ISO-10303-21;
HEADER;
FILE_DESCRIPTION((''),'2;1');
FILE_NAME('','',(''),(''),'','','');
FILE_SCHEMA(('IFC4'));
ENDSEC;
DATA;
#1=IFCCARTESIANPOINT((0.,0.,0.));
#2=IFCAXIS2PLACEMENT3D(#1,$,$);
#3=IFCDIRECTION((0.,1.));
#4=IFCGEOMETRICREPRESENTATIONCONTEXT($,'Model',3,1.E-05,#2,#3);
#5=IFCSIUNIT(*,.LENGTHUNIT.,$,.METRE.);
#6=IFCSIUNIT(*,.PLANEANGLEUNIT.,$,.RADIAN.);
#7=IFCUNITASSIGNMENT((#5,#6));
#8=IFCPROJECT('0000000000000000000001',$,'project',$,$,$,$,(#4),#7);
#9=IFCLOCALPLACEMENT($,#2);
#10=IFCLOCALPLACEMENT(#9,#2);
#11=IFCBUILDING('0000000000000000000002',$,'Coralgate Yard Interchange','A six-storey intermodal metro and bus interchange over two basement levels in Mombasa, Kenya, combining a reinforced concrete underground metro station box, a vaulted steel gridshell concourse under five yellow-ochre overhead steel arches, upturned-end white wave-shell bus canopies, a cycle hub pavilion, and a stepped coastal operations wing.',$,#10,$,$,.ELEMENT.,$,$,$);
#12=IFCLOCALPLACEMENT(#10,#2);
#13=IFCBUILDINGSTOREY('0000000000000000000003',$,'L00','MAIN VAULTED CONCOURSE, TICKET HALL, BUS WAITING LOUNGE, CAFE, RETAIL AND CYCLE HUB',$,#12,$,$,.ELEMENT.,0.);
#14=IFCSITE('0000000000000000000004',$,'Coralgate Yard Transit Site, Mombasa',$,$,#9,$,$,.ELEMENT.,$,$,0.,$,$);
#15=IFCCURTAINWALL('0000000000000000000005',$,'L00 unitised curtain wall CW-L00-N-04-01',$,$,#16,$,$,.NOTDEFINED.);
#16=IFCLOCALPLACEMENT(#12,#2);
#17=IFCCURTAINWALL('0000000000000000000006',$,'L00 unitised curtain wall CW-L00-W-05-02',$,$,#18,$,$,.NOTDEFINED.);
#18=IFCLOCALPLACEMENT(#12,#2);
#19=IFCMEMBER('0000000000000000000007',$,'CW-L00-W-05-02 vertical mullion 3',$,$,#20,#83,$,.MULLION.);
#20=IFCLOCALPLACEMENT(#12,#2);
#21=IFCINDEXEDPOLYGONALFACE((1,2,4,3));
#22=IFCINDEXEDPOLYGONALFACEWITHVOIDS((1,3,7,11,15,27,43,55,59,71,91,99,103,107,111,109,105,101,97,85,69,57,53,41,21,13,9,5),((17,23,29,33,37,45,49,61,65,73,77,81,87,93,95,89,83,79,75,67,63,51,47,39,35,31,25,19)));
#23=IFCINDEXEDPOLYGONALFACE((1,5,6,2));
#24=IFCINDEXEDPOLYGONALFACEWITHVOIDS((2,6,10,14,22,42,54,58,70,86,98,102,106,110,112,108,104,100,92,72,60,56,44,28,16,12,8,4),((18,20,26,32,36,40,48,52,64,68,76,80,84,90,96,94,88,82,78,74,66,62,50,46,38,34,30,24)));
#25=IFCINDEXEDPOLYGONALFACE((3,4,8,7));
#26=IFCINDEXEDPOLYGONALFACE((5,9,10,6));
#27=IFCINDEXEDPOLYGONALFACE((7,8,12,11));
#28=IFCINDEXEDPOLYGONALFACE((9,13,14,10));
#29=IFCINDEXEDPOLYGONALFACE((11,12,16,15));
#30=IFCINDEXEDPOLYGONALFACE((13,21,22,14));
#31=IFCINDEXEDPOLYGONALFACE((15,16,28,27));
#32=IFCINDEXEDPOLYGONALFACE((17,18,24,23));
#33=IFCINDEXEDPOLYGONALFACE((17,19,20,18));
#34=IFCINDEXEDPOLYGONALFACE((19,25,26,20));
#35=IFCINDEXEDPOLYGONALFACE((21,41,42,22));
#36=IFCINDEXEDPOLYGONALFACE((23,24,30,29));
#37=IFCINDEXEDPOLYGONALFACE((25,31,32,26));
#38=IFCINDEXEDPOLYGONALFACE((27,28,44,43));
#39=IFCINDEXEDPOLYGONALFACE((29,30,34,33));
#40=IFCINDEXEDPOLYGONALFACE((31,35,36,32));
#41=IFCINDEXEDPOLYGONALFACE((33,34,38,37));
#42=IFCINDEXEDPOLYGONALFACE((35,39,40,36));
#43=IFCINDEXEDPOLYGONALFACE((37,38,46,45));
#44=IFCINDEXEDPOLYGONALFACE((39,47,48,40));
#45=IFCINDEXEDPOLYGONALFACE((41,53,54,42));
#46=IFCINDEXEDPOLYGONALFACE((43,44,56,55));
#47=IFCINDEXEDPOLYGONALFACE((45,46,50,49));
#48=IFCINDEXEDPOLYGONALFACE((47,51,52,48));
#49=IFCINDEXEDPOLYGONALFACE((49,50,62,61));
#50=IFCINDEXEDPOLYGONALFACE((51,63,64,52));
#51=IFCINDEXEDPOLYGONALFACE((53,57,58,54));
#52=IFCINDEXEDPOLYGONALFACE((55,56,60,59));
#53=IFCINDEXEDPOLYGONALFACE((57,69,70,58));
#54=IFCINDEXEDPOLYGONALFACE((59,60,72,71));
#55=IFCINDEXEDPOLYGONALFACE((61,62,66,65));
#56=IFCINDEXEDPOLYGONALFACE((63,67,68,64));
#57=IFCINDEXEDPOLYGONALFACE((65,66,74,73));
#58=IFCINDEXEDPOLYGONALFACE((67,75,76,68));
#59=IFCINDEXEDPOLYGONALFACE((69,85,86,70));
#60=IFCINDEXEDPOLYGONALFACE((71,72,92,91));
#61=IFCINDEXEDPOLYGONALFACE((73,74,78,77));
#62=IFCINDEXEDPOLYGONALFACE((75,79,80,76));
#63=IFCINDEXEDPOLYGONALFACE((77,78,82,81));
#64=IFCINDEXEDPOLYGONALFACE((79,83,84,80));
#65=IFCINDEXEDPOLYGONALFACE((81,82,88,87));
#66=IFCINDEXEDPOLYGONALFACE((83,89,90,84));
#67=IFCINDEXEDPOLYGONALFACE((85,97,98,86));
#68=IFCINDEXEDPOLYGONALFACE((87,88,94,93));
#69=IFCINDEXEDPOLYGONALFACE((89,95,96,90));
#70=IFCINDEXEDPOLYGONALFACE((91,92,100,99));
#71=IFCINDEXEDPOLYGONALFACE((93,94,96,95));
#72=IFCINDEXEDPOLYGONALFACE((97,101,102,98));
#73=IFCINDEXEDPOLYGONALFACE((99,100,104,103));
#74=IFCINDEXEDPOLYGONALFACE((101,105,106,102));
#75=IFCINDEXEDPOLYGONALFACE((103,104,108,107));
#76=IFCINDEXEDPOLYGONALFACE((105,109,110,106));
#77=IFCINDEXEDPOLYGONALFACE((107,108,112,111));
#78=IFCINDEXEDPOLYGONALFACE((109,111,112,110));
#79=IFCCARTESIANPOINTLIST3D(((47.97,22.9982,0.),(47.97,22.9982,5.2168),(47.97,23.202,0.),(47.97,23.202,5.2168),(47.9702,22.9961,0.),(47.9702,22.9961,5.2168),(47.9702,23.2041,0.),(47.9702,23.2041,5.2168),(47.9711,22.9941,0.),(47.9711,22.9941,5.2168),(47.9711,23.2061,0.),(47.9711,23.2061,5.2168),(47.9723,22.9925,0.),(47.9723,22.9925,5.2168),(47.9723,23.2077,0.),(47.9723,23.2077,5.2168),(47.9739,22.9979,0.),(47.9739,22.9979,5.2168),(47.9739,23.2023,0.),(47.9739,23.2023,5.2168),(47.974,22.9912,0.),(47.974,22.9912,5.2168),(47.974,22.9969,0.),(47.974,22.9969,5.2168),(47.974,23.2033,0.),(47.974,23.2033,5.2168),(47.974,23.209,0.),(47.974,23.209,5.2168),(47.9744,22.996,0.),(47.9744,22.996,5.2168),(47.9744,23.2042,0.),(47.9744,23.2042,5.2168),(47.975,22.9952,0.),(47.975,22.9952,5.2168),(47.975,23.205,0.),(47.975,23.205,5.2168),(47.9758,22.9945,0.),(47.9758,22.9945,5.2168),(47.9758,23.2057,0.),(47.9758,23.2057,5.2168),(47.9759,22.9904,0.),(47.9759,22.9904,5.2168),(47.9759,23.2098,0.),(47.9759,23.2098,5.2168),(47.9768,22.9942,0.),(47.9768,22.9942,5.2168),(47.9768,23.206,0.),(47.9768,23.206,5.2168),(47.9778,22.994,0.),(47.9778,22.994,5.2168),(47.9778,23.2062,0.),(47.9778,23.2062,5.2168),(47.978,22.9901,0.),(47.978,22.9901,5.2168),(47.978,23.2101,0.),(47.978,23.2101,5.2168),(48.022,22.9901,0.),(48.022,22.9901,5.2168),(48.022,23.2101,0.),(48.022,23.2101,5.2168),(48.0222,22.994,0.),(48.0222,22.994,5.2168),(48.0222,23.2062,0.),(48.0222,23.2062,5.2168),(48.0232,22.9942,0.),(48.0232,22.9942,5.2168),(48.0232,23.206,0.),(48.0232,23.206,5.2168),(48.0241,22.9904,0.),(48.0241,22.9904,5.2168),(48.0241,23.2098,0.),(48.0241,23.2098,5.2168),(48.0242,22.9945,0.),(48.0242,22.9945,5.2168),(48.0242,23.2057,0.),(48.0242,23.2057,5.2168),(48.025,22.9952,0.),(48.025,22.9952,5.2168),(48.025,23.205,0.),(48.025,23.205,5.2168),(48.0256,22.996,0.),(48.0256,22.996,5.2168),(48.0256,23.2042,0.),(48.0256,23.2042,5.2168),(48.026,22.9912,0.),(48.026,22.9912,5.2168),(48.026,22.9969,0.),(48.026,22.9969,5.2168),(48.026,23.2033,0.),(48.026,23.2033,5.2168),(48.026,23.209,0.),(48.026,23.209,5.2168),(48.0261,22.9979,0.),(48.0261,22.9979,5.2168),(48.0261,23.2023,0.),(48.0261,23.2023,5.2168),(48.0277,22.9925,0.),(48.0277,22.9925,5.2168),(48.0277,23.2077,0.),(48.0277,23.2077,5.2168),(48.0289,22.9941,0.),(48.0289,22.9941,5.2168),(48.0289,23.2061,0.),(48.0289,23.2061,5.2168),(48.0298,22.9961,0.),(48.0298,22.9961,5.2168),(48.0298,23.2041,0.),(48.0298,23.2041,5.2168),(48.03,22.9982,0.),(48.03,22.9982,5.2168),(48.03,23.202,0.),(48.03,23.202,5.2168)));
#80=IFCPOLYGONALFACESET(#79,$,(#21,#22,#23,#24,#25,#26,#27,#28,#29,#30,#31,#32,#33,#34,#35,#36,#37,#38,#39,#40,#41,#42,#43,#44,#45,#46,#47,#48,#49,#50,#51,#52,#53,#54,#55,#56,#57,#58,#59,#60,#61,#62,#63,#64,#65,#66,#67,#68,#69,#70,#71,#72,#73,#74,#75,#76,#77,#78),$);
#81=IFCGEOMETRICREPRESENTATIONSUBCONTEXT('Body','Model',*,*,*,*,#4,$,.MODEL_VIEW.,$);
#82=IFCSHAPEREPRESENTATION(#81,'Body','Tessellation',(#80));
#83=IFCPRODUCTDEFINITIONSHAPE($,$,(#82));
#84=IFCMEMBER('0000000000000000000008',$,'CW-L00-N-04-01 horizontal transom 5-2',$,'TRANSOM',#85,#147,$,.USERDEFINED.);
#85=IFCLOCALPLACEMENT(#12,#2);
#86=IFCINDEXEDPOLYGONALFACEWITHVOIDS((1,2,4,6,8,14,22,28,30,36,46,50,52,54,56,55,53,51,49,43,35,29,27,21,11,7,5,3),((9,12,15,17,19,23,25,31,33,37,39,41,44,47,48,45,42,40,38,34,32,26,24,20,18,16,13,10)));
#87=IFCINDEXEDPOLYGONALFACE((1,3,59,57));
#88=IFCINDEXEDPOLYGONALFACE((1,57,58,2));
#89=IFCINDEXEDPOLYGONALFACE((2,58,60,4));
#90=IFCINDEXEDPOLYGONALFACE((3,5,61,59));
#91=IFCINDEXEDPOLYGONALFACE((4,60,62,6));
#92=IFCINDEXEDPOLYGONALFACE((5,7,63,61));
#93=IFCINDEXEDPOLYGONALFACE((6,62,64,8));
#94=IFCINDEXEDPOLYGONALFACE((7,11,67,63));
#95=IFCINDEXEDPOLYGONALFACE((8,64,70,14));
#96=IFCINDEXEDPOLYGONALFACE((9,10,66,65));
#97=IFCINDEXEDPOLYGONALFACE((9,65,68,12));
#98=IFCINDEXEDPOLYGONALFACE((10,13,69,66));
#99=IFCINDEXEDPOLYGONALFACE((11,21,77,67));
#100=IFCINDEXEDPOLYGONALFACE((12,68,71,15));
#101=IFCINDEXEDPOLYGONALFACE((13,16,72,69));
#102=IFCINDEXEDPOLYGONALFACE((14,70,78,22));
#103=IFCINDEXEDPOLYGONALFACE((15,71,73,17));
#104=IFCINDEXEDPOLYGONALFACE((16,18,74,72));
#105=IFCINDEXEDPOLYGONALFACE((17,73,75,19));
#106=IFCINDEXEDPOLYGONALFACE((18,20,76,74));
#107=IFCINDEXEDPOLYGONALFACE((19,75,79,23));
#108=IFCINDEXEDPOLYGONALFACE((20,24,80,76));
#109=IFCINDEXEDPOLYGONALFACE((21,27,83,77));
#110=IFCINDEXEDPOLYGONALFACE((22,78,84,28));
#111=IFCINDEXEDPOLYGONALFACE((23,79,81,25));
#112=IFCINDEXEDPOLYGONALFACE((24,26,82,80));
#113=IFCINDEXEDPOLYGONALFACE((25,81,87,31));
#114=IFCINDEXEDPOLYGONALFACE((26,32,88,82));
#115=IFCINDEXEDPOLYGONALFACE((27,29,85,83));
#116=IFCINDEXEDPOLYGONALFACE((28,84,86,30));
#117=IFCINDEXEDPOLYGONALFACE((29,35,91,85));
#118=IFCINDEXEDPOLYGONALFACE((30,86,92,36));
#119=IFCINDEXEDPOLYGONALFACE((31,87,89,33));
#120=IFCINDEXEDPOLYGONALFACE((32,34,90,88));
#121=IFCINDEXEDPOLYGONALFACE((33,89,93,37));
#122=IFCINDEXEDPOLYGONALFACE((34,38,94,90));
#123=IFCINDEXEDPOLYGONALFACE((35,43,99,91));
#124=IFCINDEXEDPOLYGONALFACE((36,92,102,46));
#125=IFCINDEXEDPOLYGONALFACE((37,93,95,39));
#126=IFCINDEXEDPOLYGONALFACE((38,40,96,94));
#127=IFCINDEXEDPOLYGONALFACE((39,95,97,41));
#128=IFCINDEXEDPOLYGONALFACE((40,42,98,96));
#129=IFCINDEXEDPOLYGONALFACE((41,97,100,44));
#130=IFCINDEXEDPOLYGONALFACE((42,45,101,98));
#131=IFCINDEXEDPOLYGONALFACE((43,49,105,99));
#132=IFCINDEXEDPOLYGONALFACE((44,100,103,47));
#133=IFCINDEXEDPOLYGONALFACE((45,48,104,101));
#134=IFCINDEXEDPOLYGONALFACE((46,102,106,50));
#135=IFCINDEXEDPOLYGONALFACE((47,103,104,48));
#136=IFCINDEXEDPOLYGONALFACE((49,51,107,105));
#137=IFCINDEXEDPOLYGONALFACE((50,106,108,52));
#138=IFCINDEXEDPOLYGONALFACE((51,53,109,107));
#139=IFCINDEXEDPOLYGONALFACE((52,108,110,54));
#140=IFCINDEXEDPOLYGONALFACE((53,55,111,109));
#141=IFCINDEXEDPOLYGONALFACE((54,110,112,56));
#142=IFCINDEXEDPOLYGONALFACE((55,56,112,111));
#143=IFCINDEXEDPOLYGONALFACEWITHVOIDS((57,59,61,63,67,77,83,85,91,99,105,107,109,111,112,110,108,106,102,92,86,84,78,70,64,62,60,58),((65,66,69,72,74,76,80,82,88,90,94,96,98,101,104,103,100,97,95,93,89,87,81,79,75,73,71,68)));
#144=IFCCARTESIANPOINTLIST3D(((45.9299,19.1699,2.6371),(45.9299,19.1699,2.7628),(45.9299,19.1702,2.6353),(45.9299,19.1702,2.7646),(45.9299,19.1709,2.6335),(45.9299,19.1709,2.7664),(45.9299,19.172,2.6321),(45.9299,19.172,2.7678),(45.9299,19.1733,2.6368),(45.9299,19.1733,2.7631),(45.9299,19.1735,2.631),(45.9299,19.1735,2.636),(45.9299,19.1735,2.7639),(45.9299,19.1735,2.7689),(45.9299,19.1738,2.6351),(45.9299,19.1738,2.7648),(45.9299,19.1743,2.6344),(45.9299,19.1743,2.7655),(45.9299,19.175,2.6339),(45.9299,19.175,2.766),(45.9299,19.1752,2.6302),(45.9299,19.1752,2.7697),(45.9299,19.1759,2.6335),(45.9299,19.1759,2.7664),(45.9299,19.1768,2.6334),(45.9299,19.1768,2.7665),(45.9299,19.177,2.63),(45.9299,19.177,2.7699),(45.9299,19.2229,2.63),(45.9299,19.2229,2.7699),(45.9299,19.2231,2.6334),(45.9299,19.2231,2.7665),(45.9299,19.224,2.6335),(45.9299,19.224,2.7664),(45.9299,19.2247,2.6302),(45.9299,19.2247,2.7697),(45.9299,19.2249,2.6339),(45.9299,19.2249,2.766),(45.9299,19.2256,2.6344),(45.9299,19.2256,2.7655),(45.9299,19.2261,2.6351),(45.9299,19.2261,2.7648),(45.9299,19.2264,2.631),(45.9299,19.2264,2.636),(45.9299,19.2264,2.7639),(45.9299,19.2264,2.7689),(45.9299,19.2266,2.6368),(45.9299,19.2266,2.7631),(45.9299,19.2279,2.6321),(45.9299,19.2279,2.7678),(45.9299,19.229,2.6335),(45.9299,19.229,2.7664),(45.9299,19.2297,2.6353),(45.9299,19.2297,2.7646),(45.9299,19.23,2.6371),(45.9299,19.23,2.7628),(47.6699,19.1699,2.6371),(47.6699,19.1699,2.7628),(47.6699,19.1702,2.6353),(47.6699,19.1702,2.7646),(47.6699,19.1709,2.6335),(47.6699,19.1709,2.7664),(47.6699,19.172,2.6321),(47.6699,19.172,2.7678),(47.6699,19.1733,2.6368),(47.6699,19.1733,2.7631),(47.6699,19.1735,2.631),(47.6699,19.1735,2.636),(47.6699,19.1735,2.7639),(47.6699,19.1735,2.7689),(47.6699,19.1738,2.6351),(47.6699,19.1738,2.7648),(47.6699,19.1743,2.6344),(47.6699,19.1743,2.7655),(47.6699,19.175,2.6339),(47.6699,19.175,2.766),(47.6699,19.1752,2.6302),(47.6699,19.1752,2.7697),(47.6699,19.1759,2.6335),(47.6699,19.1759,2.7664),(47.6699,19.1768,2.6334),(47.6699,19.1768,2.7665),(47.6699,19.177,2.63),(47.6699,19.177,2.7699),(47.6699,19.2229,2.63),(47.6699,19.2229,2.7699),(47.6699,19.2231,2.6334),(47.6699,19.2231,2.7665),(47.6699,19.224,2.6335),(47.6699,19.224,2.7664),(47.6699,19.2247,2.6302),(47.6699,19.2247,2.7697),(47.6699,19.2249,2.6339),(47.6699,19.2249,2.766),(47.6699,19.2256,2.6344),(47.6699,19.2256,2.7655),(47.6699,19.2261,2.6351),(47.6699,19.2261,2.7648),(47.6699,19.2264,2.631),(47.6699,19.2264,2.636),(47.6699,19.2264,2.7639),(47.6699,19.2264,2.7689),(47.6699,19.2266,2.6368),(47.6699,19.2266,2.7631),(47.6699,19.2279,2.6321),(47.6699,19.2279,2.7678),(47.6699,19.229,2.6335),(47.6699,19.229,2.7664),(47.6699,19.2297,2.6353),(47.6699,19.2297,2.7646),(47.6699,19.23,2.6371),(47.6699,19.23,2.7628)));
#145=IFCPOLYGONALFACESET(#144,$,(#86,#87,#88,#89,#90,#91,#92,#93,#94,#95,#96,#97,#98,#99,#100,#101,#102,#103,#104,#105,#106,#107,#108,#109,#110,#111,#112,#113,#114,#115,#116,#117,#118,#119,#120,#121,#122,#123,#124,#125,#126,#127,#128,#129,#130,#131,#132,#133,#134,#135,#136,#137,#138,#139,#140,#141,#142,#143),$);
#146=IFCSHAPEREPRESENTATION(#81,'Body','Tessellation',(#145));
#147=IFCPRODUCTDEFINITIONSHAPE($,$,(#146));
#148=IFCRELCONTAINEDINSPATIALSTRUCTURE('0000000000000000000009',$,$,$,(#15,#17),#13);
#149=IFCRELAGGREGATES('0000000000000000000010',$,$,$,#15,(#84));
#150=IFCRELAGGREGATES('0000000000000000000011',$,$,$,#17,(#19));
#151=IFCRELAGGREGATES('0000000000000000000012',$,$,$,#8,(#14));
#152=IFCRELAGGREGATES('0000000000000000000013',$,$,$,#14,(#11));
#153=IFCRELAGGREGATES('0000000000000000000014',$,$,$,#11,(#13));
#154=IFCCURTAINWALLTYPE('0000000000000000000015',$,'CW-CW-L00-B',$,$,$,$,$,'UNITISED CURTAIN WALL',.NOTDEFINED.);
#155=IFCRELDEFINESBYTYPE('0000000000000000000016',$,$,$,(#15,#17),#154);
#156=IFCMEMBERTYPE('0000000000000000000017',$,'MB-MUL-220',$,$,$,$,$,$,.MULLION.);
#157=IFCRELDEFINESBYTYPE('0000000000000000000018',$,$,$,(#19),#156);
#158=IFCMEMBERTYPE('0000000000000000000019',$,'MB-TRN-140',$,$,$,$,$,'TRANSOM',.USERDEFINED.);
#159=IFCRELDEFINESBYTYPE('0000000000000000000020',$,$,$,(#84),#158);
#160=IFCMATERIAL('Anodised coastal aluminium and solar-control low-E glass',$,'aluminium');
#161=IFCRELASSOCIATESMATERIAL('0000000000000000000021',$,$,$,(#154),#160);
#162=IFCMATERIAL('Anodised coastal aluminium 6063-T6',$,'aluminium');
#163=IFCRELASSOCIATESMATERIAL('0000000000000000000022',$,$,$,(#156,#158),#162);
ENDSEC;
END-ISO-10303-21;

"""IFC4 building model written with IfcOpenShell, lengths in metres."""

from ifc_helpers import new_model, si_unit, direction, frame, origin, origin_2d, place, context, subcontext, project, spatial, hollow_rectangle, extrude, material, material_profile, profile_set, type_object, element, aggregate, save


model = new_model("IFC4")

# Units and contexts
model_context = context("Model", 3, precision=1e-05, world=origin(), true_north=direction((0.0, 1.0)))
body_context = subcontext(model_context, "Body", "Model", "MODEL_VIEW")
ifc_project = project(units=[si_unit("LENGTHUNIT", "METRE"), si_unit("PLANEANGLEUNIT", "RADIAN")], contexts=[model_context])

# Site, building, storey
site_placement = place(None, origin())
site = spatial("IfcSite", under=ifc_project, at=site_placement, Name="Coralgate Yard Transit Site, Mombasa", CompositionType="ELEMENT", RefElevation=0.0)
building_placement = place(site_placement, origin())
building = spatial("IfcBuilding", under=site, at=building_placement, Name="Coralgate Yard Interchange", Description="A six-storey intermodal metro and bus interchange over two basement levels in Mombasa, Kenya, combining a reinforced concrete underground metro station box, a vaulted steel gridshell concourse under five yellow-ochre overhead steel arches, upturned-end white wave-shell bus canopies, a cycle hub pavilion, and a stepped coastal operations wing.", CompositionType="ELEMENT")
storey_placement = place(building_placement, origin())
storey = spatial("IfcBuildingStorey", under=building, at=storey_placement, Name="L00", Description="MAIN VAULTED CONCOURSE, TICKET HALL, BUS WAITING LOUNGE, CAFE, RETAIL AND CYCLE HUB", CompositionType="ELEMENT", Elevation=0.0)

# Curtain wall
ifc_material_1 = material(Name="Anodised coastal aluminium and solar-control low-E glass", Category="aluminium")
curtain_wall_type = type_object("IfcCurtainWallType", Name="CW-CW-L00-B", ElementType="UNITISED CURTAIN WALL", PredefinedType="NOTDEFINED", material=ifc_material_1)
curtain_wall_1_placement = place(storey_placement, origin())
curtain_wall_1 = element("IfcCurtainWall", 1, at=curtain_wall_1_placement, inside=storey, type_object=curtain_wall_type, Name="L00 unitised curtain wall CW-L00-N-04-01", PredefinedType="NOTDEFINED")
ifc_material_2 = material(Name="Anodised coastal aluminium 6063-T6", Category="aluminium")
ifc_material_profile_1 = material_profile(ifc_material_2, hollow_rectangle(XDim=0.0601, YDim=0.22, WallThickness=0.0039, InnerFilletRadius=0.0039, OuterFilletRadius=0.0081, at=origin_2d()), Name="ALU 60x220x4")
ifc_profile_set_1 = profile_set([ifc_material_profile_1], Name="Anodised coastal aluminium 6063-T6")
member_type_1 = type_object("IfcMemberType", Name="MB-MUL-220", PredefinedType="MULLION", material=ifc_profile_set_1)

# Curtain wall, member
curtain_wall_2_placement = place(storey_placement, origin())
curtain_wall_2 = element("IfcCurtainWall", 2, at=curtain_wall_2_placement, inside=storey, type_object=curtain_wall_type, Name="L00 unitised curtain wall CW-L00-W-05-02", PredefinedType="NOTDEFINED")
member_1_placement = place(storey_placement, frame((48.0, 23.1001, 0.0), z_axis=(0.0, 0.0, 1.0), x_axis=(1.0, 0.0, 0.0)))
member_1 = element("IfcMember", 3, at=member_1_placement, type_object=member_type_1, Name="CW-L00-W-05-02 vertical mullion 3", PredefinedType="MULLION", context=body_context, shape_type="SweptSolid", body=[
    extrude(hollow_rectangle(XDim=0.0601, YDim=0.22, WallThickness=0.0039, InnerFilletRadius=0.0039, OuterFilletRadius=0.0081, at=origin_2d()), origin(), (0.0, 0.0, 1.0), 5.2168),
])

# Member
ifc_material_profile_2 = material_profile(ifc_material_2, hollow_rectangle(XDim=0.0601, YDim=0.1399, WallThickness=0.0034, InnerFilletRadius=0.0034, OuterFilletRadius=0.0071, at=origin_2d()), Name="ALU 60x140x3.5")
ifc_profile_set_2 = profile_set([ifc_material_profile_2], Name="Anodised coastal aluminium 6063-T6")
member_type_2 = type_object("IfcMemberType", Name="MB-TRN-140", ElementType="TRANSOM", PredefinedType="USERDEFINED", material=ifc_profile_set_2)
member_2_placement = place(storey_placement, frame((45.9299, 19.2, 2.7), z_axis=(1.0, 0.0, 0.0), x_axis=(0.0, 1.0, 0.0)))
member_2 = element("IfcMember", 4, at=member_2_placement, type_object=member_type_2, Name="CW-L00-N-04-01 horizontal transom 5-2", ObjectType="TRANSOM", PredefinedType="USERDEFINED", context=body_context, shape_type="SweptSolid", body=[
    extrude(hollow_rectangle(XDim=0.0601, YDim=0.1399, WallThickness=0.0034, InnerFilletRadius=0.0034, OuterFilletRadius=0.0071, at=origin_2d()), origin(), (0.0, 0.0, 1.0), 1.74),
])

aggregate(curtain_wall_1, [member_2])
aggregate(curtain_wall_2, [member_1])

save(model, "model.ifc")
